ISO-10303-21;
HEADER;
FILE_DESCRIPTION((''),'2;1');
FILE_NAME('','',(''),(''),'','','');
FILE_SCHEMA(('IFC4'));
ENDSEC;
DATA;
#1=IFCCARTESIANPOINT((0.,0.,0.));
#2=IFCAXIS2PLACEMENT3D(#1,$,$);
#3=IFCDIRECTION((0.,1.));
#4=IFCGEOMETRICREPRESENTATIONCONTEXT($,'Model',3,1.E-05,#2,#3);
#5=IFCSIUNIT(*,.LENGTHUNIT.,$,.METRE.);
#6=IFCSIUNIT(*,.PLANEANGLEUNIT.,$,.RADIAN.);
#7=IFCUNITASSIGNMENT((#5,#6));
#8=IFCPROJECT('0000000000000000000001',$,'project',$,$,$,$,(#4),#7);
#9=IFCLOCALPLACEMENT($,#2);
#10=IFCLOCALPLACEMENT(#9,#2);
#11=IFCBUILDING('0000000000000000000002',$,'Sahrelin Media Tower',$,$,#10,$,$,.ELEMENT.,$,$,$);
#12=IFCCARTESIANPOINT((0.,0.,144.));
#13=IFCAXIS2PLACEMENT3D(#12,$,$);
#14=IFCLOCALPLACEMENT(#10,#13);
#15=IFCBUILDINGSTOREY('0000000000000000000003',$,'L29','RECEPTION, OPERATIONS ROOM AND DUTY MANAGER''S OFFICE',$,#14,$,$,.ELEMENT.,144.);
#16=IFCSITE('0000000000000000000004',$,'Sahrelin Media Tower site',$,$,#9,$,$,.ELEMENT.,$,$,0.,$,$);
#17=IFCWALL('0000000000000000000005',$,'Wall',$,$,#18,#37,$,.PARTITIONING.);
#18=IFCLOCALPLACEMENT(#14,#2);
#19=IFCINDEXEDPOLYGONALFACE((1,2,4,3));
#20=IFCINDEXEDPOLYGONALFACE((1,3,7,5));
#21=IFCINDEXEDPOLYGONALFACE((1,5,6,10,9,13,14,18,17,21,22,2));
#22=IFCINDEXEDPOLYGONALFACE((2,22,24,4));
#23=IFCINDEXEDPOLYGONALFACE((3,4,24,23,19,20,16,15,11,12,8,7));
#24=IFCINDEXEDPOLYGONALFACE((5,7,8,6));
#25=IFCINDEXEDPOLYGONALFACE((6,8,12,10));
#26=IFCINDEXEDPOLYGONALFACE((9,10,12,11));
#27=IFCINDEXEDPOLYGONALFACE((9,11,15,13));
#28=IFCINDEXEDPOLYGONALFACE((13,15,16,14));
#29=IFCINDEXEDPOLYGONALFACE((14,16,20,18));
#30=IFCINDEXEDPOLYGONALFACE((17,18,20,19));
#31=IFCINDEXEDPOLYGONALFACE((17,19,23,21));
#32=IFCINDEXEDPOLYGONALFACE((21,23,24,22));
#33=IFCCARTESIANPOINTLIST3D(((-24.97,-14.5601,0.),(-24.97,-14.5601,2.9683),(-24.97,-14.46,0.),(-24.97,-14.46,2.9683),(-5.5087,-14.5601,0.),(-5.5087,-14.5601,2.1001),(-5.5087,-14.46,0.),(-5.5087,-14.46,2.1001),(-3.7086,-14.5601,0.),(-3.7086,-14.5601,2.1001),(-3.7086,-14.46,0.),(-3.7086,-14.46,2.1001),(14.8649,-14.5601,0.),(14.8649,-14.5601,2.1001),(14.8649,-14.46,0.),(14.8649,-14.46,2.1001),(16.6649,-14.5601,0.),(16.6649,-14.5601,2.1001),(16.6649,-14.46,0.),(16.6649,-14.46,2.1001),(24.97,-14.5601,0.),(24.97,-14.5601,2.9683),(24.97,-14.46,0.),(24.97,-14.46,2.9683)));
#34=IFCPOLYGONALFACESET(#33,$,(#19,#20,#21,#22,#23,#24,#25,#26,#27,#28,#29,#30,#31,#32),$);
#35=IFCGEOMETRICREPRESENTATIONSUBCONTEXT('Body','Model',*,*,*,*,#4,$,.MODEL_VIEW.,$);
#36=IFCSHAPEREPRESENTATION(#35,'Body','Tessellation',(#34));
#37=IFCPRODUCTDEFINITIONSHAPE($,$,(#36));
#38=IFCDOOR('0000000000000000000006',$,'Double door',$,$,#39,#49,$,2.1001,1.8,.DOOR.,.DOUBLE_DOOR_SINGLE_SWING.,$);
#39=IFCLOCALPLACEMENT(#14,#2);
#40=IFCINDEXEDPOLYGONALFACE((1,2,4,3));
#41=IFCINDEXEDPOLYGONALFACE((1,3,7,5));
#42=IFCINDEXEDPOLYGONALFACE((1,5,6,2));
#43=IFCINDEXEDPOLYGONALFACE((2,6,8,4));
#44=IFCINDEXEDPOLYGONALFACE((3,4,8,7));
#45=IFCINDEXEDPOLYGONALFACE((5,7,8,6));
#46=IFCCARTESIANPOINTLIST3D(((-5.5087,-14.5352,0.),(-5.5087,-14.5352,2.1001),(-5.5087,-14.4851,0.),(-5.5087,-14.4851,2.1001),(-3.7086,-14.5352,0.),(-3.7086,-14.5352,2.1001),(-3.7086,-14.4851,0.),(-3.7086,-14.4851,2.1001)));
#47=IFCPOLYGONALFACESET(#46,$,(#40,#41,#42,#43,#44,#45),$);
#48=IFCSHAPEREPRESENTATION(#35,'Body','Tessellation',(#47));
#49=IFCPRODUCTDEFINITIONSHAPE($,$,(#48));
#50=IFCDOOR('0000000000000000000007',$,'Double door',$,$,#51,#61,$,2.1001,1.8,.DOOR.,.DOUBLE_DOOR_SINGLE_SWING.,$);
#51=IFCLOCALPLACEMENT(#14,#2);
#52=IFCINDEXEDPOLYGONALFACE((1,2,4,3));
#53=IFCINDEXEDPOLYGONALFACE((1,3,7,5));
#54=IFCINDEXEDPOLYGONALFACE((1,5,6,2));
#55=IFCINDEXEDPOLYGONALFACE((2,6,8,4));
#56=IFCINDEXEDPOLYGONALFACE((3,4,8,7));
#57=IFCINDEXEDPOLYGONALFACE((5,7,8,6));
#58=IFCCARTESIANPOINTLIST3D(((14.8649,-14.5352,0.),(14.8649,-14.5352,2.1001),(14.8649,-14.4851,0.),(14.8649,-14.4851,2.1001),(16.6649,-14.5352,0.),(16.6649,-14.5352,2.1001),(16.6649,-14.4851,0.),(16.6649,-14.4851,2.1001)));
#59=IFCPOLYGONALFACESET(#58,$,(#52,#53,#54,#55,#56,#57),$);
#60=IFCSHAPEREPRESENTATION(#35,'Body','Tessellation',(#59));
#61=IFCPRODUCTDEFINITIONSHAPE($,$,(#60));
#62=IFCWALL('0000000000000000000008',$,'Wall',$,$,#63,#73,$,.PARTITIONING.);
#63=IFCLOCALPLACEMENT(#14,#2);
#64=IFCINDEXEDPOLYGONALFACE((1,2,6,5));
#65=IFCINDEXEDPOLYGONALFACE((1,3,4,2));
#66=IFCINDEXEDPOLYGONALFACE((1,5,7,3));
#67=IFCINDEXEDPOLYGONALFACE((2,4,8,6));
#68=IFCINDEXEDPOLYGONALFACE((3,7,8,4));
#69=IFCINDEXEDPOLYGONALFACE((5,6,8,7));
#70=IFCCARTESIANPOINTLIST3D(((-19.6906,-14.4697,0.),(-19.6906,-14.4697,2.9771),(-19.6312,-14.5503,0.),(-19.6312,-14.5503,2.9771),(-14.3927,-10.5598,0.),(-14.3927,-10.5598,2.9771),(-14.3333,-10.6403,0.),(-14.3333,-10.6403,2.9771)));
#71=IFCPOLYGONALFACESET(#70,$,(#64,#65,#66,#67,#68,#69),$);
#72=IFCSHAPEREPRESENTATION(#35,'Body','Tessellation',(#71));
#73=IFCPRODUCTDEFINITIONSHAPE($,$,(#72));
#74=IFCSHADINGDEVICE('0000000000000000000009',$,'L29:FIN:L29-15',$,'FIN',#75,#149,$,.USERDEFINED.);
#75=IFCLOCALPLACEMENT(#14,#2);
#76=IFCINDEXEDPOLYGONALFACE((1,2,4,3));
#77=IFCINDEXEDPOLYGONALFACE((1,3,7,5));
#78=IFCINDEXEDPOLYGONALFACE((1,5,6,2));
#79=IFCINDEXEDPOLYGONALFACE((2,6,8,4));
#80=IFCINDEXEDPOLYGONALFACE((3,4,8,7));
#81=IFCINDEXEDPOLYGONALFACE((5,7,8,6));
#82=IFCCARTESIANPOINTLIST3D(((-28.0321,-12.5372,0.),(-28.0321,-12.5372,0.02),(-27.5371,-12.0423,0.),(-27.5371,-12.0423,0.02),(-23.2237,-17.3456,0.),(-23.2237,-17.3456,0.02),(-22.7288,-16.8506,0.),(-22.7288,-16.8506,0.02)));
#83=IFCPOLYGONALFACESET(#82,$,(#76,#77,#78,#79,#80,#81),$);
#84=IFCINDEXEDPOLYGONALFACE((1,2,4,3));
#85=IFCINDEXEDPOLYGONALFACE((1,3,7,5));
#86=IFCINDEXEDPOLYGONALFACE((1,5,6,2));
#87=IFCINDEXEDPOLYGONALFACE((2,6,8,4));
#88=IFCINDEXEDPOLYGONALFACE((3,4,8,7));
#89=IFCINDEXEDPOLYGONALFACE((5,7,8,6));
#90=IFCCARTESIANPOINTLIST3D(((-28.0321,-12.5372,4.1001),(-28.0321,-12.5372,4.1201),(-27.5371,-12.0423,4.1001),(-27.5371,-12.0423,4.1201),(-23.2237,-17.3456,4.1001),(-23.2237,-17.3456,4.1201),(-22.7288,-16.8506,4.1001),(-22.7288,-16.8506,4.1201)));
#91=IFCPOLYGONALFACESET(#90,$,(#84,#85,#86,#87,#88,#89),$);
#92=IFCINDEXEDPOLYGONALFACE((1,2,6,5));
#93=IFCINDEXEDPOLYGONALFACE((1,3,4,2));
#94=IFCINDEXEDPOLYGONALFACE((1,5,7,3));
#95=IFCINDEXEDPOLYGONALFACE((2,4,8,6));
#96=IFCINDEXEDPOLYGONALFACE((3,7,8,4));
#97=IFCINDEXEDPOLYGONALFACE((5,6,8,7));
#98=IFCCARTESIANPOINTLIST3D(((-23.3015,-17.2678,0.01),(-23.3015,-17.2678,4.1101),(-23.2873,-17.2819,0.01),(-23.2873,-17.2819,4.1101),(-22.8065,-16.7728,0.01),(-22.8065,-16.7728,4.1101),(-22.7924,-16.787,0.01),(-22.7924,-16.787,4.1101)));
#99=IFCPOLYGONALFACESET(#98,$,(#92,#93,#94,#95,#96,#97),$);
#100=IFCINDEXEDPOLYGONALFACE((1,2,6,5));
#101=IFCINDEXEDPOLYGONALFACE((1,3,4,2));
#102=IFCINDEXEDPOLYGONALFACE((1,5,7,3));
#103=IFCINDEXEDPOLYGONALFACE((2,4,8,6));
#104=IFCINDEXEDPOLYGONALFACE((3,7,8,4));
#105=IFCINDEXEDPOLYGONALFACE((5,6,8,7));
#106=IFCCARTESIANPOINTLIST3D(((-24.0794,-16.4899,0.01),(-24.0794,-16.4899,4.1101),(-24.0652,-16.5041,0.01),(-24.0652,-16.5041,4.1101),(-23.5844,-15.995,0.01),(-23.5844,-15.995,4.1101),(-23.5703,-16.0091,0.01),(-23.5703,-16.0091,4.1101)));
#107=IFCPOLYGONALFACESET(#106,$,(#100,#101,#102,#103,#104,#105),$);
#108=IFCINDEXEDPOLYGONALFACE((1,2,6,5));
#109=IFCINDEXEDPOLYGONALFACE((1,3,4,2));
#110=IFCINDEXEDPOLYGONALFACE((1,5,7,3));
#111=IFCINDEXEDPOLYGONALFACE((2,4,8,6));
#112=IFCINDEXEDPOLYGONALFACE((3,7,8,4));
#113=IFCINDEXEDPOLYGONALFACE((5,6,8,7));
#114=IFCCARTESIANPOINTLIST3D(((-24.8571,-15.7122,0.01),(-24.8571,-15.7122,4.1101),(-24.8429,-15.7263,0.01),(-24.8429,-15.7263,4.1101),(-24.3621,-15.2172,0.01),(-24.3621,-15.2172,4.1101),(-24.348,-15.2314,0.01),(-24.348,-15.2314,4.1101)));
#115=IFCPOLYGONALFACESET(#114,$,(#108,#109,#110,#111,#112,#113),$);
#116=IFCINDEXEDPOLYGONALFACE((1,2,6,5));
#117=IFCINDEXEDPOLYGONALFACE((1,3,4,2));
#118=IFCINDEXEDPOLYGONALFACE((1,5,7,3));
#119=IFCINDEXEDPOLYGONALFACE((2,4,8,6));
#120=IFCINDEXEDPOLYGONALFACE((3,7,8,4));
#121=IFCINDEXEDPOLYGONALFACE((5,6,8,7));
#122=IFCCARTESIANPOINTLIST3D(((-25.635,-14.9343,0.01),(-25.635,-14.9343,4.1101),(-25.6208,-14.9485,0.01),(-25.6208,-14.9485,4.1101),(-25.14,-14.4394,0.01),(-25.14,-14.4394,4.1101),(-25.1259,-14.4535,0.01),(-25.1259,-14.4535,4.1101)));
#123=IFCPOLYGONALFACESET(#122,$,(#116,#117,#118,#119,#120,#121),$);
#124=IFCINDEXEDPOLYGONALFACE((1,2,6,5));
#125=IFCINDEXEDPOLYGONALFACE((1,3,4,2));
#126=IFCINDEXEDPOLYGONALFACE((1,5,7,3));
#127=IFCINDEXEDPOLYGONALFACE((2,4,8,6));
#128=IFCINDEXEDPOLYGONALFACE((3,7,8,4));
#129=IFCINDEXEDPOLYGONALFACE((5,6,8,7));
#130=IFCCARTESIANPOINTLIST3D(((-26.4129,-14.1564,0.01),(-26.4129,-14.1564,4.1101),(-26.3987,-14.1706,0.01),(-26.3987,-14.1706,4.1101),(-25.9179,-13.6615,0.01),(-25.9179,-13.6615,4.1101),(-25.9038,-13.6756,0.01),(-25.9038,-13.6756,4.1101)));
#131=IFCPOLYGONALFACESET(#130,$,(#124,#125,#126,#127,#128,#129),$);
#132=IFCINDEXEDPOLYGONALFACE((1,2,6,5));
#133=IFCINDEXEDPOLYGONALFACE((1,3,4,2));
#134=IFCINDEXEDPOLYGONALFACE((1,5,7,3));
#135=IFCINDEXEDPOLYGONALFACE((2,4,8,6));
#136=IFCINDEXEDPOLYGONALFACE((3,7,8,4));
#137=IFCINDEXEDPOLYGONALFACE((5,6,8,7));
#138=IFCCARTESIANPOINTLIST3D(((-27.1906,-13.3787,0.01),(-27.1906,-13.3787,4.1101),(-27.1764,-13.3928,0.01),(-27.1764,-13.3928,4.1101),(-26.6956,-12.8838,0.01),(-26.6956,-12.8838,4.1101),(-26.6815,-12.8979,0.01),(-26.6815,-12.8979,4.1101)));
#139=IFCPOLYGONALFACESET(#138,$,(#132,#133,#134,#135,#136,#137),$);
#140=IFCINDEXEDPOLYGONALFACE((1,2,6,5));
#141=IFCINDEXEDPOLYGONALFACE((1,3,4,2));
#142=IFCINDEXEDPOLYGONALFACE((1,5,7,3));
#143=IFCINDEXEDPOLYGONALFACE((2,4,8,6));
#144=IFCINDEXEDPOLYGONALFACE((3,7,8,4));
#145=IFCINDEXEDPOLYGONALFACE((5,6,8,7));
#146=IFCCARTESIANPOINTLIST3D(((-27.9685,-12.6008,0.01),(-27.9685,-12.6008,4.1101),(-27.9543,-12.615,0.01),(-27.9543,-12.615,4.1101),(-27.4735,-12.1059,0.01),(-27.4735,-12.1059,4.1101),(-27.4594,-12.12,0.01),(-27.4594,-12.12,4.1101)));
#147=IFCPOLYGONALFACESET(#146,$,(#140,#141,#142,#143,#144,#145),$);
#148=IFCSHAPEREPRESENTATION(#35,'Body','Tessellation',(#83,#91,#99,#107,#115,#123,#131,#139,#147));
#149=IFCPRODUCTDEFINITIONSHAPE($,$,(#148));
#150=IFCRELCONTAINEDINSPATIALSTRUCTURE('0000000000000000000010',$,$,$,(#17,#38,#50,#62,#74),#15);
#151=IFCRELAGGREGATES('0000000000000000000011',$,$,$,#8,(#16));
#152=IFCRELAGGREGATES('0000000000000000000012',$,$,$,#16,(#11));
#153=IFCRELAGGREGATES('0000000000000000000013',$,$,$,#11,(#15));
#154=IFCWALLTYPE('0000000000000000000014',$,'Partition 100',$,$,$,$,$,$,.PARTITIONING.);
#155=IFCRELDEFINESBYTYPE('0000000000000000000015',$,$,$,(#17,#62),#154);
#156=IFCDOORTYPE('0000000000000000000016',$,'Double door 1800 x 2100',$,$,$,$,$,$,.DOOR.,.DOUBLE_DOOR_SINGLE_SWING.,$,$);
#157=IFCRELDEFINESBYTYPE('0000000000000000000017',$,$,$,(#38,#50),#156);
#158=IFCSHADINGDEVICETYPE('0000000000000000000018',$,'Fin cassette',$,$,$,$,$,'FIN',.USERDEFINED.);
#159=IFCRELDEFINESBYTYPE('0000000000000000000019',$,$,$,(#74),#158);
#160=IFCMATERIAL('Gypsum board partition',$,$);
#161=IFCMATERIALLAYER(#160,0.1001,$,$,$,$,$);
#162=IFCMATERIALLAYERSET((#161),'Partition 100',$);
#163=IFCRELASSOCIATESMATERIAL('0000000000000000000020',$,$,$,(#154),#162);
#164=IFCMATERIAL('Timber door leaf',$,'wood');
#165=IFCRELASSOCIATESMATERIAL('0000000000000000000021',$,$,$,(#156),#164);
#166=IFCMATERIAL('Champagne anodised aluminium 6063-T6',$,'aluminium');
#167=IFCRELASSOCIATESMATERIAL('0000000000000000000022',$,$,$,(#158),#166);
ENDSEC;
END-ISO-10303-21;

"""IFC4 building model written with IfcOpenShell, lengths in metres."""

from ifc_helpers import new_model, si_unit, direction, frame, frame_2d, origin, origin_2d, place, context, subcontext, project, spatial, rectangle, extrude, material, layer, layer_set, type_object, element, fill, save


model = new_model("IFC4")

# Units and contexts
model_context = context("Model", 3, precision=1e-05, world=origin(), true_north=direction((0.0, 1.0)))
body_context = subcontext(model_context, "Body", "Model", "MODEL_VIEW")
ifc_project = project(units=[si_unit("LENGTHUNIT", "METRE"), si_unit("PLANEANGLEUNIT", "RADIAN")], contexts=[model_context])

# Site, building, storey
site_placement = place(None, origin())
site = spatial("IfcSite", under=ifc_project, at=site_placement, Name="Sahrelin Media Tower site", CompositionType="ELEMENT", RefElevation=0.0)
building_placement = place(site_placement, origin())
building = spatial("IfcBuilding", under=site, at=building_placement, Name="Sahrelin Media Tower", CompositionType="ELEMENT")
storey_placement = place(building_placement, frame((0.0, 0.0, 144.0)))
storey = spatial("IfcBuildingStorey", under=building, at=storey_placement, Name="L29", Description="RECEPTION, OPERATIONS ROOM AND DUTY MANAGER'S OFFICE", CompositionType="ELEMENT", Elevation=144.0)

# Shared definitions
ifc_material_1 = material(Name="Champagne anodised aluminium 6063-T6", Category="aluminium")

# Wall, openings, doors
ifc_material_2 = material(Name="Gypsum board partition")
ifc_layer_1 = layer(ifc_material_2, 0.1001)
ifc_layer_set_1 = layer_set([ifc_layer_1], Name="Partition 100")
wall_type_1 = type_object("IfcWallType", Name="Partition 100", PredefinedType="PARTITIONING", material=ifc_layer_set_1)
wall_1_placement = place(storey_placement, frame((-24.97, -14.51, 0.0), z_axis=(0.0, 0.0, 1.0), x_axis=(1.0, 0.0, 0.0)))
wall_1 = element("IfcWall", 1, at=wall_1_placement, inside=storey, type_object=wall_type_1, Name="Wall", PredefinedType="PARTITIONING", context=body_context, shape_type="SweptSolid", body=[
    extrude(rectangle(XDim=49.9399, YDim=0.1001, at=frame_2d((24.97, 0.0))), origin(), (0.0, 0.0, 1.0), 2.9683),
])
opening_1_placement = place(wall_1_placement, frame((19.4614, 0.0, 0.0)))
opening_1 = element("IfcOpeningElement", 2, at=opening_1_placement, cuts=wall_1, PredefinedType="OPENING", context=body_context, shape_type="SweptSolid", body=[
    extrude(rectangle(XDim=1.8, YDim=2.1001, at=frame_2d((0.8999, 1.05))), frame((0.0, 0.05, 0.0), z_axis=(0.0, -1.0, 0.0), x_axis=(1.0, 0.0, 0.0)), (0.0, 0.0, 1.0), 0.1001),
])
opening_2_placement = place(wall_1_placement, frame((39.835, 0.0, 0.0)))
opening_2 = element("IfcOpeningElement", 3, at=opening_2_placement, cuts=wall_1, PredefinedType="OPENING", context=body_context, shape_type="SweptSolid", body=[
    extrude(rectangle(XDim=1.8, YDim=2.1001, at=frame_2d((0.8999, 1.05))), frame((0.0, 0.05, 0.0), z_axis=(0.0, -1.0, 0.0), x_axis=(1.0, 0.0, 0.0)), (0.0, 0.0, 1.0), 0.1001),
])
ifc_material_3 = material(Name="Timber door leaf", Category="wood")
door_type_1 = type_object("IfcDoorType", Name="Double door 1800 x 2100", OperationType="DOUBLE_DOOR_SINGLE_SWING", PredefinedType="DOOR", material=ifc_material_3)
door_1_placement = place(opening_1_placement, origin())
door_1 = element("IfcDoor", 4, at=door_1_placement, inside=storey, type_object=door_type_1, Name="Double door", OperationType="DOUBLE_DOOR_SINGLE_SWING", OverallHeight=2.1001, OverallWidth=1.8, PredefinedType="DOOR", context=body_context, shape_type="SweptSolid", body=[
    extrude(rectangle(XDim=1.8, YDim=2.1001, at=frame_2d((0.8999, 1.05))), frame((0.0, 0.0249, 0.0), z_axis=(0.0, -1.0, 0.0), x_axis=(1.0, 0.0, 0.0)), (0.0, 0.0, 1.0), 0.05),
])
fill(opening_1, door_1)
door_2_placement = place(opening_2_placement, origin())
door_2 = element("IfcDoor", 5, at=door_2_placement, inside=storey, type_object=door_type_1, Name="Double door", OperationType="DOUBLE_DOOR_SINGLE_SWING", OverallHeight=2.1001, OverallWidth=1.8, PredefinedType="DOOR", context=body_context, shape_type="SweptSolid", body=[
    extrude(rectangle(XDim=1.8, YDim=2.1001, at=frame_2d((0.8999, 1.05))), frame((0.0, 0.0249, 0.0), z_axis=(0.0, -1.0, 0.0), x_axis=(1.0, 0.0, 0.0)), (0.0, 0.0, 1.0), 0.05),
])
fill(opening_2, door_2)

# Wall
wall_2_placement = place(storey_placement, frame((-19.6609, -14.51, 0.0), z_axis=(0.0, 0.0, 1.0), x_axis=(0.804604, 0.593812, 0.0)))
element("IfcWall", 6, at=wall_2_placement, inside=storey, type_object=wall_type_1, Name="Wall", PredefinedType="PARTITIONING", context=body_context, shape_type="SweptSolid", body=[
    extrude(rectangle(XDim=6.5845, YDim=0.1001, at=frame_2d((3.2922, 0.0))), origin(), (0.0, 0.0, 1.0), 2.9771),
])

# Shading device
shading_device_type_1 = type_object("IfcShadingDeviceType", Name="Fin cassette", ElementType="FIN", PredefinedType="USERDEFINED", material=ifc_material_1)
placement_1 = place(storey_placement, frame((-25.0835, -14.397, 0.0), z_axis=(0.0, 0.0, 1.0), x_axis=(-0.707107, 0.707107, 0.0)))
element("IfcShadingDevice", 7, at=placement_1, inside=storey, type_object=shading_device_type_1, Name="L29:FIN:L29-15", ObjectType="FIN", PredefinedType="USERDEFINED", context=body_context, shape_type="SweptSolid", body=[
    extrude(rectangle(XDim=6.8, YDim=0.7, at=origin_2d()), frame((0.0, 0.4199, 0.0)), (0.0, 0.0, 1.0), 0.02),
    extrude(rectangle(XDim=6.8, YDim=0.7, at=origin_2d()), frame((0.0, 0.4199, 4.1001)), (0.0, 0.0, 1.0), 0.02),
    extrude(rectangle(XDim=0.02, YDim=0.7, at=origin_2d()), frame((-3.3, 0.4199, 0.01), z_axis=(0.0, 0.0, 1.0), x_axis=(1.0, 0.0, 0.0)), (0.0, 0.0, 1.0), 4.1001),
    extrude(rectangle(XDim=0.02, YDim=0.7, at=origin_2d()), frame((-2.2, 0.4199, 0.01), z_axis=(0.0, 0.0, 1.0), x_axis=(1.0, 0.0, 0.0)), (0.0, 0.0, 1.0), 4.1001),
    extrude(rectangle(XDim=0.02, YDim=0.7, at=origin_2d()), frame((-1.1001, 0.4199, 0.01), z_axis=(0.0, 0.0, 1.0), x_axis=(1.0, 0.0, 0.0)), (0.0, 0.0, 1.0), 4.1001),
    extrude(rectangle(XDim=0.02, YDim=0.7, at=origin_2d()), frame((0.0, 0.4199, 0.01), z_axis=(0.0, 0.0, 1.0), x_axis=(1.0, 0.0, 0.0)), (0.0, 0.0, 1.0), 4.1001),
    extrude(rectangle(XDim=0.02, YDim=0.7, at=origin_2d()), frame((1.1001, 0.4199, 0.01), z_axis=(0.0, 0.0, 1.0), x_axis=(1.0, 0.0, 0.0)), (0.0, 0.0, 1.0), 4.1001),
    extrude(rectangle(XDim=0.02, YDim=0.7, at=origin_2d()), frame((2.2, 0.4199, 0.01), z_axis=(0.0, 0.0, 1.0), x_axis=(1.0, 0.0, 0.0)), (0.0, 0.0, 1.0), 4.1001),
    extrude(rectangle(XDim=0.02, YDim=0.7, at=origin_2d()), frame((3.3, 0.4199, 0.01), z_axis=(0.0, 0.0, 1.0), x_axis=(1.0, 0.0, 0.0)), (0.0, 0.0, 1.0), 4.1001),
])

save(model, "model.ifc")
